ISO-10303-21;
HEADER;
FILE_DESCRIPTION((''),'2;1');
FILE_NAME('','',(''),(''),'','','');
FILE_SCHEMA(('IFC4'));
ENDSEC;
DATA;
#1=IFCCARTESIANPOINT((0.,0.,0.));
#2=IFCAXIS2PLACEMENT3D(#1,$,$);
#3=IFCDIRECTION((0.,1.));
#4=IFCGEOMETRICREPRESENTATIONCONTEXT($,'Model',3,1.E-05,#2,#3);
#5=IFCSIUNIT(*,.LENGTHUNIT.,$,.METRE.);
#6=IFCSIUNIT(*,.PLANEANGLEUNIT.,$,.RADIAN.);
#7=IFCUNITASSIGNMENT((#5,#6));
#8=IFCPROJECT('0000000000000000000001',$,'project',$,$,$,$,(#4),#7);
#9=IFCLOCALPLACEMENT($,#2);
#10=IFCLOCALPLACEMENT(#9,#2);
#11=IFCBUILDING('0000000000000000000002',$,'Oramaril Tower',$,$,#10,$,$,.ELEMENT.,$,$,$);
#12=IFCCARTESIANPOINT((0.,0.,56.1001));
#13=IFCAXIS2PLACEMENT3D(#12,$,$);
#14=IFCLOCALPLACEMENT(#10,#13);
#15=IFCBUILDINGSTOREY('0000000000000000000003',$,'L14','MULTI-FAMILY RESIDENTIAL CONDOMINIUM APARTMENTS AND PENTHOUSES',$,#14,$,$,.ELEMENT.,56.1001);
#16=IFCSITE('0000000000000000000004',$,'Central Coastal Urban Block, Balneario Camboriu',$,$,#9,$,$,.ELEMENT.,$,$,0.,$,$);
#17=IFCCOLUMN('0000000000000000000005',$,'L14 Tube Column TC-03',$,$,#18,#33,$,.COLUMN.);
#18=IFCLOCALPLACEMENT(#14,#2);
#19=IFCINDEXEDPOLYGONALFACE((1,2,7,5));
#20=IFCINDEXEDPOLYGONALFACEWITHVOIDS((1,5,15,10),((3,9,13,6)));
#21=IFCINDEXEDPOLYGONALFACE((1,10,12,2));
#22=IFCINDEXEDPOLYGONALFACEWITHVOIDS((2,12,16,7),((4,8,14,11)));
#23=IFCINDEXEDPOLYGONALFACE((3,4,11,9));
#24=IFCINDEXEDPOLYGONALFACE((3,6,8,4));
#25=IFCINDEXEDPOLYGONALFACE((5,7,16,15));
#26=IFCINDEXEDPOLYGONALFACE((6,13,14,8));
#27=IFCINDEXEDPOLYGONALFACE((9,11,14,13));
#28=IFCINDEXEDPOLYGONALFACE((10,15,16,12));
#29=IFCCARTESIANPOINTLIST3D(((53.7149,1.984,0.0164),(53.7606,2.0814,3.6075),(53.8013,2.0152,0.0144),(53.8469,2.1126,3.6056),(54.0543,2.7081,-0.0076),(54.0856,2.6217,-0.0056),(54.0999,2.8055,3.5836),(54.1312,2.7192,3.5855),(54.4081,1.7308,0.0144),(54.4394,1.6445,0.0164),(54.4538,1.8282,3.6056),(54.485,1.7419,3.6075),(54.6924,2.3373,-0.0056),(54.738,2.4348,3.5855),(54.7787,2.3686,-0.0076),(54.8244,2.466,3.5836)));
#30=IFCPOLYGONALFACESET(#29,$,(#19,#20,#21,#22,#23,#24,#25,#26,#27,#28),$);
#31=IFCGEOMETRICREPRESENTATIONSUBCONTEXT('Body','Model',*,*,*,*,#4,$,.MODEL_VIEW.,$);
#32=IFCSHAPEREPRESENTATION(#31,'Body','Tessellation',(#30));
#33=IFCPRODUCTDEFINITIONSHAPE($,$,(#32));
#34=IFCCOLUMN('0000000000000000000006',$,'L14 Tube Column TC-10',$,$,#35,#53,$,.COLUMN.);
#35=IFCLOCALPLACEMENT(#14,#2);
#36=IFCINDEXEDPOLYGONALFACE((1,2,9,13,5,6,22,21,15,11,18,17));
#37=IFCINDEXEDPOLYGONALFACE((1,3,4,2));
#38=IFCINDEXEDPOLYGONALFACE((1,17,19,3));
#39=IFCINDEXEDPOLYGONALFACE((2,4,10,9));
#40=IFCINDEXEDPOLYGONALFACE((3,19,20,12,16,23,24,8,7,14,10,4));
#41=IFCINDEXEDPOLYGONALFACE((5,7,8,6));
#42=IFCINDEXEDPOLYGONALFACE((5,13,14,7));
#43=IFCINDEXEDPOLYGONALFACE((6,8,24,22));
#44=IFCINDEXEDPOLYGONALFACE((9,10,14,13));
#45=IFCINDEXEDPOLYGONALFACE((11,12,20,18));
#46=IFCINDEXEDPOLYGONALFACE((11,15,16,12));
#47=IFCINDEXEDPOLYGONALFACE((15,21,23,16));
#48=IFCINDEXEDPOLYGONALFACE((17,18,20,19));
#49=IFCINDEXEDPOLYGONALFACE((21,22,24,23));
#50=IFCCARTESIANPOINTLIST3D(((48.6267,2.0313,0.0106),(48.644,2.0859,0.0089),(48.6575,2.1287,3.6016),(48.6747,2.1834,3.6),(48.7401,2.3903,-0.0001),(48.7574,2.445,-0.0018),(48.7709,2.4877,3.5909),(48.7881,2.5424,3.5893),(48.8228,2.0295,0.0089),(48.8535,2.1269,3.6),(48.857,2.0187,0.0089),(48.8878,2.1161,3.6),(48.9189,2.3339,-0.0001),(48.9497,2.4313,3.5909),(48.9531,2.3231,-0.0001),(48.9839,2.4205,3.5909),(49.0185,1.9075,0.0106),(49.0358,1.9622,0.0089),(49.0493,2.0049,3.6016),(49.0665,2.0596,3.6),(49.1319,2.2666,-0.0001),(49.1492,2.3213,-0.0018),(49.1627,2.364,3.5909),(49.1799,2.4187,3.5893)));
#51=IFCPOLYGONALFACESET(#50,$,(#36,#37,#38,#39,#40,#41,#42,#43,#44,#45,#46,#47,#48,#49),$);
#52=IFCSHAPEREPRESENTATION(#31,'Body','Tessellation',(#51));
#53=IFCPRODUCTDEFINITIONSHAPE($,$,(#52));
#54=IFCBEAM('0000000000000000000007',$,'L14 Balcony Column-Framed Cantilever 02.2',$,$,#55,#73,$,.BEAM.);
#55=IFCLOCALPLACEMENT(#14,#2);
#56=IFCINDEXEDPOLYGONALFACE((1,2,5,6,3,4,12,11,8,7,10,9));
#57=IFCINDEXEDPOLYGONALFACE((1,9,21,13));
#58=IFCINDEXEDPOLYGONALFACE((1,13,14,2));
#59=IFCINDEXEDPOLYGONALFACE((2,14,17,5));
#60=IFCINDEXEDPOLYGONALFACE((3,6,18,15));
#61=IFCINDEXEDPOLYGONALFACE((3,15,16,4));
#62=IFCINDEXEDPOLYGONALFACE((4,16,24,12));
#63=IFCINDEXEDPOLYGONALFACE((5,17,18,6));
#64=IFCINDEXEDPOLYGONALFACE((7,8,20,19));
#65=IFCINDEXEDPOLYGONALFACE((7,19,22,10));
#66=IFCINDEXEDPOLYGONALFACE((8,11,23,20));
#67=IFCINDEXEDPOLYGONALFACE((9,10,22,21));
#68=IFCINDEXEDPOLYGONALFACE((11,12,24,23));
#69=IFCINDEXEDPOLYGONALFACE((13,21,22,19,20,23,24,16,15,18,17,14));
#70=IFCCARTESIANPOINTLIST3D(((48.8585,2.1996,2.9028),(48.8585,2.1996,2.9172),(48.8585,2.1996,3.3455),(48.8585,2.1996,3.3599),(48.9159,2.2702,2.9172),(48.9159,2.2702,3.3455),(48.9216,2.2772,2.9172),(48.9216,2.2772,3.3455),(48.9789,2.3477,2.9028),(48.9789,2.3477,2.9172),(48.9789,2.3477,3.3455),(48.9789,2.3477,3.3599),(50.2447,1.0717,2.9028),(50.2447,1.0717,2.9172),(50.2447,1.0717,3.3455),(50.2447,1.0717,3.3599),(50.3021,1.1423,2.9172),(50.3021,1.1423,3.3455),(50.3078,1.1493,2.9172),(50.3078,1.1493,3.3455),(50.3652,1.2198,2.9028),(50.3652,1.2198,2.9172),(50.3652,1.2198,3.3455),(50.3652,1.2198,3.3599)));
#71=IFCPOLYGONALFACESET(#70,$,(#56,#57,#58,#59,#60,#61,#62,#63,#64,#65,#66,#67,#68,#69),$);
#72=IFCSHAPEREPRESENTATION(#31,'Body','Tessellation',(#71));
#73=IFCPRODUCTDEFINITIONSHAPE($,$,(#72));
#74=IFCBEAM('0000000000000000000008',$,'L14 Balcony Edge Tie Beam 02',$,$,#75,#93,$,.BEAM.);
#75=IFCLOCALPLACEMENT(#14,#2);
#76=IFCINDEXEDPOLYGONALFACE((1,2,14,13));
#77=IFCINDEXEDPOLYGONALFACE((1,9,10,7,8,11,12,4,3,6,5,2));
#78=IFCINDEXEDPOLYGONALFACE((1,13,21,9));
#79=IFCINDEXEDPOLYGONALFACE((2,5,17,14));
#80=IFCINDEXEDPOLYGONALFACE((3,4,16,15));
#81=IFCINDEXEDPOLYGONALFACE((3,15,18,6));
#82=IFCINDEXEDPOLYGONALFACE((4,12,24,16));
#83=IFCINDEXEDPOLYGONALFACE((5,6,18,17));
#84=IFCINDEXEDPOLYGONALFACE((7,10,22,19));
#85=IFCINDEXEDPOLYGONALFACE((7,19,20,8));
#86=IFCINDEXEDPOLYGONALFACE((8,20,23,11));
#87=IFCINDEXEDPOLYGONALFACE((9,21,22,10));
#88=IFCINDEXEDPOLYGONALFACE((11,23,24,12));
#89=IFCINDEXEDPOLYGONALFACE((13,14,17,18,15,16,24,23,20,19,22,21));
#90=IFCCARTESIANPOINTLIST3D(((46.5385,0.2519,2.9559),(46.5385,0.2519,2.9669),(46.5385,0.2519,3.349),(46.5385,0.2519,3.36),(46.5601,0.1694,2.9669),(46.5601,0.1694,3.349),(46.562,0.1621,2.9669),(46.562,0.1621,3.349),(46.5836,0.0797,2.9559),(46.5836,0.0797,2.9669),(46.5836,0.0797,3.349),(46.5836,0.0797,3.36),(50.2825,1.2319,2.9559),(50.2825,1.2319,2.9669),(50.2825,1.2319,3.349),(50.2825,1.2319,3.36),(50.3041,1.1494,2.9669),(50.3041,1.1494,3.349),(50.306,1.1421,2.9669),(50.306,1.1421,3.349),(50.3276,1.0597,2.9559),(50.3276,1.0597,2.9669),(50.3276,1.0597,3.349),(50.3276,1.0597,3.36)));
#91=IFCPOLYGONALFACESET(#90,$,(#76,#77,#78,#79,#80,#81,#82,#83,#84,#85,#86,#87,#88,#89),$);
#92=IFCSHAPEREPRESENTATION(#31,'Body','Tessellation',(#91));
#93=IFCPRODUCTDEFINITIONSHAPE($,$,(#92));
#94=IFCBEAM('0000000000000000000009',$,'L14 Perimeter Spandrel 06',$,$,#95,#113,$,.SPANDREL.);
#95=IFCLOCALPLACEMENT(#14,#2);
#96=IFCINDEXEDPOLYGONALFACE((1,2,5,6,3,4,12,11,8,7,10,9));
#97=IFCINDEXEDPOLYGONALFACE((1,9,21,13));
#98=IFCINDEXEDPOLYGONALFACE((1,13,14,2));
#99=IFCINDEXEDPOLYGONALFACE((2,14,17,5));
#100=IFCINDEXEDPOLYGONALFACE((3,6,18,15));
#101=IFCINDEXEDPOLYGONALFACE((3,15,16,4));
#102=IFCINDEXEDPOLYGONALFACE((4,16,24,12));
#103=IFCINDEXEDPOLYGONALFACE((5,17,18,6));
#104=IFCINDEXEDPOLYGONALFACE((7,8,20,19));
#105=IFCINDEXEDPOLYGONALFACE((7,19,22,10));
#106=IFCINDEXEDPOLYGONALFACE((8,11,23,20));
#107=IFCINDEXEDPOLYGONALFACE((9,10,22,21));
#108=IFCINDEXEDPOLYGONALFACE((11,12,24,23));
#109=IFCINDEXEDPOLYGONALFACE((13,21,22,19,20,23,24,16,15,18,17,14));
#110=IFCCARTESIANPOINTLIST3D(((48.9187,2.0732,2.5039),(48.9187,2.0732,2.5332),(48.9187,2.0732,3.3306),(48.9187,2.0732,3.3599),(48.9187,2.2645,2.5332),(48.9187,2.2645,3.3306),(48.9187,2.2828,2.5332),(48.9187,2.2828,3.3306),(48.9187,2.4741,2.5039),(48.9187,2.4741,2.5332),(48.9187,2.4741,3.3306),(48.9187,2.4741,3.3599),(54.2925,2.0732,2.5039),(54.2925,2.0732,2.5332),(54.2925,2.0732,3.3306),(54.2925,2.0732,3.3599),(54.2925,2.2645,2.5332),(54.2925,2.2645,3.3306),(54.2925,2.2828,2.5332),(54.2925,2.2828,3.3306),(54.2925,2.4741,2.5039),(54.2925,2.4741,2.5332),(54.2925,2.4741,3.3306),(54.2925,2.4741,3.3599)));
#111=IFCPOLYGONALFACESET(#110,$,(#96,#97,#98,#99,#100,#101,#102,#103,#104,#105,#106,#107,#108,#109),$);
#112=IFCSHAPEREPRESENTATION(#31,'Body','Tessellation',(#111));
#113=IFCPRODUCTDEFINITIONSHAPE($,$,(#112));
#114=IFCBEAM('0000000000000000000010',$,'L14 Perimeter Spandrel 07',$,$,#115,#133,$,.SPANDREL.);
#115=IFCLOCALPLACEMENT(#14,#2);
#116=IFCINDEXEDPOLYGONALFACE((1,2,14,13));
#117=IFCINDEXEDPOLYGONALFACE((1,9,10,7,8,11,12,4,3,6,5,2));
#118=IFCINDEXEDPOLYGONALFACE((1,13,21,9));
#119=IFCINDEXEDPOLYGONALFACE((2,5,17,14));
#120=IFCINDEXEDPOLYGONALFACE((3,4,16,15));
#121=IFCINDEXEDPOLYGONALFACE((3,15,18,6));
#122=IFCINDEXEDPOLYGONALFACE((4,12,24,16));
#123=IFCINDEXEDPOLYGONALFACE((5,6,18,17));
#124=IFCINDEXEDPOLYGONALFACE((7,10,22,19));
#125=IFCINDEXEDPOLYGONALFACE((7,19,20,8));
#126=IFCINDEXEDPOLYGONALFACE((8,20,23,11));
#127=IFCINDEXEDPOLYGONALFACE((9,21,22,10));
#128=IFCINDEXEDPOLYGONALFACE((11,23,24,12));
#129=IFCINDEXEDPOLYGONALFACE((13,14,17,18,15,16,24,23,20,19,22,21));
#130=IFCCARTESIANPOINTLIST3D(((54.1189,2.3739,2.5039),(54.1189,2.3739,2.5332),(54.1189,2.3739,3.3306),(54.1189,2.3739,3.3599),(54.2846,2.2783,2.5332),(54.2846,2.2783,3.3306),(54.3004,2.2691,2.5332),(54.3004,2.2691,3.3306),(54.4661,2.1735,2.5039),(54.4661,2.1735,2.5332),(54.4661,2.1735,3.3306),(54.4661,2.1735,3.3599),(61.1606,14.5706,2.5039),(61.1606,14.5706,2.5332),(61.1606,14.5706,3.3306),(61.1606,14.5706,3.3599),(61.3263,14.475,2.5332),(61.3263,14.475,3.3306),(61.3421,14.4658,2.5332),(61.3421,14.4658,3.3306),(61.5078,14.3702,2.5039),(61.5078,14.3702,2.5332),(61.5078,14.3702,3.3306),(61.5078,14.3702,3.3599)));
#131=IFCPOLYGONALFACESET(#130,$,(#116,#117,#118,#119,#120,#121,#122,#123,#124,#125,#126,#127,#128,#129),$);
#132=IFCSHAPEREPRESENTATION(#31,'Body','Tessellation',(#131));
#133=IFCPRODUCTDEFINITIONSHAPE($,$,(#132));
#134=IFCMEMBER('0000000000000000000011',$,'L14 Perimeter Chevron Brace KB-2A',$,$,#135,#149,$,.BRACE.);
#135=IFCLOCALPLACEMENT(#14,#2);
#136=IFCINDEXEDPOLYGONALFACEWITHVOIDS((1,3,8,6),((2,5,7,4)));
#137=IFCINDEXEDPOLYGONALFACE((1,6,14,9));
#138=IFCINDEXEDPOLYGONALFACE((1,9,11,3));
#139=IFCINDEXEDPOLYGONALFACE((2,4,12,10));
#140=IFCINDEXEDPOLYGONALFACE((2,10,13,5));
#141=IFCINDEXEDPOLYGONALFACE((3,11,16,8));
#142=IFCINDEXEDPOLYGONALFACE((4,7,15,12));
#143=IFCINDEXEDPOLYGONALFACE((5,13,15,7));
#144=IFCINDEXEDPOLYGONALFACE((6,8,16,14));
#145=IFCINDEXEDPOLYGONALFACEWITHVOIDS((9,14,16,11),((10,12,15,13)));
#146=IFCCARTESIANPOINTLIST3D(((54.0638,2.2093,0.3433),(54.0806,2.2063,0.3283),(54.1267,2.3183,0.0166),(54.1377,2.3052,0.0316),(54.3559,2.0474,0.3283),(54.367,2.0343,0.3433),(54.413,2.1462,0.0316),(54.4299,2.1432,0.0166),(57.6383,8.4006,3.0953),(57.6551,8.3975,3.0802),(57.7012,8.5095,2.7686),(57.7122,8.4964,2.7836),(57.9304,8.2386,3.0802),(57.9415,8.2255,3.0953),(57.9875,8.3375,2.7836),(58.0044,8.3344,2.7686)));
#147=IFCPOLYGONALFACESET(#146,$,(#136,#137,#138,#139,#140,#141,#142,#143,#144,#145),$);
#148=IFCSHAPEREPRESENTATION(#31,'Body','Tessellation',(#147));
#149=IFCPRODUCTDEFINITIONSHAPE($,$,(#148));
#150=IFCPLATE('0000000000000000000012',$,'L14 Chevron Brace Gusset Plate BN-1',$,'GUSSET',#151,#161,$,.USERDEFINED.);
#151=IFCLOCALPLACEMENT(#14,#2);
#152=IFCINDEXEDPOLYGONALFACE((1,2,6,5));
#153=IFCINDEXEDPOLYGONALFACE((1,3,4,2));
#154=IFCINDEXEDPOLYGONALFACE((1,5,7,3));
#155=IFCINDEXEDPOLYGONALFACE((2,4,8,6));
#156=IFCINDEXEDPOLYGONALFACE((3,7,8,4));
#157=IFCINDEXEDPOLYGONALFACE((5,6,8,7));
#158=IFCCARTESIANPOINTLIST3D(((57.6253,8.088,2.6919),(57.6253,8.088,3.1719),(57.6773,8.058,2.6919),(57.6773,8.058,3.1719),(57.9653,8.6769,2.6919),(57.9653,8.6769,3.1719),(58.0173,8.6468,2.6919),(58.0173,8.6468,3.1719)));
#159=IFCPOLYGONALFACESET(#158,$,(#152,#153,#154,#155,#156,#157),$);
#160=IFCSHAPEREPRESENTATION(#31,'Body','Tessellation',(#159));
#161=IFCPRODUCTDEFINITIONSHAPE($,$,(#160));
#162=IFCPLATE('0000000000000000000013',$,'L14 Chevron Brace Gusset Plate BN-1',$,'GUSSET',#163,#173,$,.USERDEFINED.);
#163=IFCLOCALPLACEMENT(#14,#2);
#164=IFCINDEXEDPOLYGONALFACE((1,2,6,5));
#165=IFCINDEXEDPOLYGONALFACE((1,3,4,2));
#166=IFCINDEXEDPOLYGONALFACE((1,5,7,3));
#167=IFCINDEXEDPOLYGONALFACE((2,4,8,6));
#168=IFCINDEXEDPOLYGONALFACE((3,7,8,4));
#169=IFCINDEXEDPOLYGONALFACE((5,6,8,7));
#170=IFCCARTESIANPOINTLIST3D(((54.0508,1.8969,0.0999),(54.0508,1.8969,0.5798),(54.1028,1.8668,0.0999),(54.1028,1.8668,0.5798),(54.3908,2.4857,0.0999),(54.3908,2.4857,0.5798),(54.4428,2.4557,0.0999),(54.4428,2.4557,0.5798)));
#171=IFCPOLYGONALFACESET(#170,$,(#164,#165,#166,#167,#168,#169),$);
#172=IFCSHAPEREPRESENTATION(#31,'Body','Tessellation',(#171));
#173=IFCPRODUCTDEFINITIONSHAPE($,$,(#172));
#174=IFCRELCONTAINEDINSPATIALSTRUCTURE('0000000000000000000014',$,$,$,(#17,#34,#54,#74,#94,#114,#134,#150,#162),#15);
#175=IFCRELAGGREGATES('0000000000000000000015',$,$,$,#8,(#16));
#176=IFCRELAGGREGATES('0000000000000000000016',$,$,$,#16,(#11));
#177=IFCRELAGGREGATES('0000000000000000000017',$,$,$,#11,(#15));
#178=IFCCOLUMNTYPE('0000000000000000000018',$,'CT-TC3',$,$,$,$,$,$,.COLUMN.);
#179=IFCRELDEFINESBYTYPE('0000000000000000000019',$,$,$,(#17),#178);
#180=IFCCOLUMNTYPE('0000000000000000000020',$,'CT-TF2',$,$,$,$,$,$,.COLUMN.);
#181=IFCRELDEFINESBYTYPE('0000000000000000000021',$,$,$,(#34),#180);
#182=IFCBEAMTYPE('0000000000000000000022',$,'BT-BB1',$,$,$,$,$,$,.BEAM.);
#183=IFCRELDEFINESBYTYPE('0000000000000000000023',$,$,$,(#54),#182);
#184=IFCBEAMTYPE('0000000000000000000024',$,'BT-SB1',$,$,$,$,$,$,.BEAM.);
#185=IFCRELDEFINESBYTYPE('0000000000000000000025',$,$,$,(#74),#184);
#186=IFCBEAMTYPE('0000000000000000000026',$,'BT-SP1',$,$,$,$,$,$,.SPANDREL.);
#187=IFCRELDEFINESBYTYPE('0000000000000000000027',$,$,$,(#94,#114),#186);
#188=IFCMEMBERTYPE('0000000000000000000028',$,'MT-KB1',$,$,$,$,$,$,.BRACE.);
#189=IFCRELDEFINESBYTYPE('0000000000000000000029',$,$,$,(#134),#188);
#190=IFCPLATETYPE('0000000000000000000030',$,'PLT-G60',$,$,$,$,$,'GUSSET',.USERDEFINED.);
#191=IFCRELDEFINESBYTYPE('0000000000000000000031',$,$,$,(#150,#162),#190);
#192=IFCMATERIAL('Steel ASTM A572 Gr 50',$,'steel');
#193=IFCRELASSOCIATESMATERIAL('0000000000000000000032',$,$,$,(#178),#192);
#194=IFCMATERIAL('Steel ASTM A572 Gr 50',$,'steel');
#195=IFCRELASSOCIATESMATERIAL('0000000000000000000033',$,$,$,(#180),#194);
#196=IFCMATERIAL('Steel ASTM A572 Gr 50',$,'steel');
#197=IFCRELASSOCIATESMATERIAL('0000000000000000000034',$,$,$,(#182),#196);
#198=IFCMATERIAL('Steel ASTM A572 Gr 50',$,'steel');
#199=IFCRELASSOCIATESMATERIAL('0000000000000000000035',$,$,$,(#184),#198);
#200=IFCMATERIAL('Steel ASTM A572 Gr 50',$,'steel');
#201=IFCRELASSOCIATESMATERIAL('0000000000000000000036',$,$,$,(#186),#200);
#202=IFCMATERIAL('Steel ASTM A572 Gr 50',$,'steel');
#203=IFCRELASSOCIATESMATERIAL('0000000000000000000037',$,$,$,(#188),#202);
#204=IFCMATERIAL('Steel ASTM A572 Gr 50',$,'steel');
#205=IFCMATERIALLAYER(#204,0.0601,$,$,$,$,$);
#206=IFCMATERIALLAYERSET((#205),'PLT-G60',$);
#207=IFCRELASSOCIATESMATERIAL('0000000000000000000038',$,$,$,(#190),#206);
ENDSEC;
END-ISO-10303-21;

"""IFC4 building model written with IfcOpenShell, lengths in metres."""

from ifc_helpers import new_model, si_unit, direction, frame, origin, origin_2d, place, context, subcontext, project, spatial, rectangle, hollow_rectangle, i_section, extrude, material, layer, layer_set, material_profile, profile_set, type_object, element, save


model = new_model("IFC4")

# Units and contexts
model_context = context("Model", 3, precision=1e-05, world=origin(), true_north=direction((0.0, 1.0)))
body_context = subcontext(model_context, "Body", "Model", "MODEL_VIEW")
ifc_project = project(units=[si_unit("LENGTHUNIT", "METRE"), si_unit("PLANEANGLEUNIT", "RADIAN")], contexts=[model_context])

# Site, building, storey
site_placement = place(None, origin())
site = spatial("IfcSite", under=ifc_project, at=site_placement, Name="Central Coastal Urban Block, Balneario Camboriu", CompositionType="ELEMENT", RefElevation=0.0)
building_placement = place(site_placement, origin())
building = spatial("IfcBuilding", under=site, at=building_placement, Name="Oramaril Tower", CompositionType="ELEMENT")
storey_placement = place(building_placement, frame((0.0, 0.0, 56.1001)))
storey = spatial("IfcBuildingStorey", under=building, at=storey_placement, Name="L14", Description="MULTI-FAMILY RESIDENTIAL CONDOMINIUM APARTMENTS AND PENTHOUSES", CompositionType="ELEMENT", Elevation=56.1001)

# Columns
ifc_material_1 = material(Name="Steel ASTM A572 Gr 50", Category="steel")
ifc_material_profile_1 = material_profile(ifc_material_1, hollow_rectangle(XDim=0.8, YDim=0.8, WallThickness=0.0649, at=origin_2d()), Name="BOX800X800X65")
ifc_profile_set_1 = profile_set([ifc_material_profile_1], Name="Steel ASTM A572 Gr 50")
column_type_1 = type_object("IfcColumnType", Name="CT-TC3", PredefinedType="COLUMN", material=ifc_profile_set_1)
column_1_placement = place(storey_placement, frame((54.2468, 2.1763, 0.0044), z_axis=(0.012708, 0.027114, 0.999552), x_axis=(-0.905486, 0.424376, 0.0)))
element("IfcColumn", 1, at=column_1_placement, inside=storey, type_object=column_type_1, Name="L14 Tube Column TC-03", PredefinedType="COLUMN", context=body_context, shape_type="SweptSolid", body=[
    extrude(hollow_rectangle(XDim=0.8, YDim=0.8, WallThickness=0.0649, at=origin_2d()), origin(), (0.0, 0.0, 1.0), 3.5928),
])
ifc_material_2 = material(Name="Steel ASTM A572 Gr 50", Category="steel")
ifc_material_profile_2 = material_profile(ifc_material_2, i_section(OverallWidth=0.4109, OverallDepth=0.4341, WebThickness=0.0359, FlangeThickness=0.0574, at=origin_2d()), Name="W14X311")
ifc_profile_set_2 = profile_set([ifc_material_profile_2], Name="Steel ASTM A572 Gr 50")
column_type_2 = type_object("IfcColumnType", Name="CT-TF2", PredefinedType="COLUMN", material=ifc_profile_set_2)
column_2_placement = place(storey_placement, frame((48.8879, 2.1763, 0.0044), z_axis=(0.008563, 0.027115, 0.999596), x_axis=(-0.953583, 0.301131, 0.0)))
element("IfcColumn", 2, at=column_2_placement, inside=storey, type_object=column_type_2, Name="L14 Tube Column TC-10", PredefinedType="COLUMN", context=body_context, shape_type="SweptSolid", body=[
    extrude(i_section(OverallWidth=0.4109, OverallDepth=0.4341, WebThickness=0.0359, FlangeThickness=0.0574, at=origin_2d()), origin(), (0.0, 0.0, 1.0), 3.5925),
])

# Beams
ifc_material_3 = material(Name="Steel ASTM A572 Gr 50", Category="steel")
ifc_material_profile_3 = material_profile(ifc_material_3, i_section(OverallWidth=0.1909, OverallDepth=0.457, WebThickness=0.009, FlangeThickness=0.0144, at=origin_2d()), Name="W18X50")
ifc_profile_set_3 = profile_set([ifc_material_profile_3], Name="Steel ASTM A572 Gr 50")
beam_type_1 = type_object("IfcBeamType", Name="BT-BB1", PredefinedType="BEAM", material=ifc_profile_set_3)
beam_1_placement = place(storey_placement, frame((48.9187, 2.2737, 3.1313), z_axis=(0.775671, -0.631138, 0.0), x_axis=(0.631138, 0.775671, 0.0)))
element("IfcBeam", 3, at=beam_1_placement, inside=storey, type_object=beam_type_1, Name="L14 Balcony Column-Framed Cantilever 02.2", PredefinedType="BEAM", context=body_context, shape_type="SweptSolid", body=[
    extrude(i_section(OverallWidth=0.1909, OverallDepth=0.457, WebThickness=0.009, FlangeThickness=0.0144, at=origin_2d()), origin(), (0.0, 0.0, 1.0), 1.7871),
])
ifc_material_4 = material(Name="Steel ASTM A572 Gr 50", Category="steel")
ifc_material_profile_4 = material_profile(ifc_material_4, i_section(OverallWidth=0.178, OverallDepth=0.4041, WebThickness=0.0076, FlangeThickness=0.011, at=origin_2d()), Name="W16X36")
ifc_profile_set_4 = profile_set([ifc_material_profile_4], Name="Steel ASTM A572 Gr 50")
beam_type_2 = type_object("IfcBeamType", Name="BT-SB1", PredefinedType="BEAM", material=ifc_profile_set_4)
beam_2_placement = place(storey_placement, frame((46.561, 0.1658, 3.158), z_axis=(0.967408, 0.253223, 0.0), x_axis=(-0.253223, 0.967408, 0.0)))
element("IfcBeam", 4, at=beam_2_placement, inside=storey, type_object=beam_type_2, Name="L14 Balcony Edge Tie Beam 02", PredefinedType="BEAM", context=body_context, shape_type="SweptSolid", body=[
    extrude(i_section(OverallWidth=0.178, OverallDepth=0.4041, WebThickness=0.0076, FlangeThickness=0.011, at=origin_2d()), origin(), (0.0, 0.0, 1.0), 3.8701),
])
ifc_material_5 = material(Name="Steel ASTM A572 Gr 50", Category="steel")
ifc_material_profile_5 = material_profile(ifc_material_5, i_section(OverallWidth=0.4009, OverallDepth=0.856, WebThickness=0.0183, FlangeThickness=0.0293, at=origin_2d()), Name="W33X201")
ifc_profile_set_5 = profile_set([ifc_material_profile_5], Name="Steel ASTM A572 Gr 50")
beam_type_3 = type_object("IfcBeamType", Name="BT-SP1", PredefinedType="SPANDREL", material=ifc_profile_set_5)
beam_3_placement = place(storey_placement, frame((48.9187, 2.2737, 2.9319), z_axis=(1.0, 0.0, 0.0), x_axis=(0.0, 1.0, 0.0)))
element("IfcBeam", 5, at=beam_3_placement, inside=storey, type_object=beam_type_3, Name="L14 Perimeter Spandrel 06", PredefinedType="SPANDREL", context=body_context, shape_type="SweptSolid", body=[
    extrude(i_section(OverallWidth=0.4009, OverallDepth=0.856, WebThickness=0.0183, FlangeThickness=0.0293, at=origin_2d()), origin(), (0.0, 0.0, 1.0), 5.3738),
])
beam_4_placement = place(storey_placement, frame((54.2925, 2.2737, 2.9319), z_axis=(0.499997, 0.866027, 0.0), x_axis=(-0.866027, 0.499997, 0.0)))
element("IfcBeam", 6, at=beam_4_placement, inside=storey, type_object=beam_type_3, Name="L14 Perimeter Spandrel 07", PredefinedType="SPANDREL", context=body_context, shape_type="SweptSolid", body=[
    extrude(i_section(OverallWidth=0.4009, OverallDepth=0.856, WebThickness=0.0183, FlangeThickness=0.0293, at=origin_2d()), origin(), (0.0, 0.0, 1.0), 14.0835),
])

# Member
ifc_material_6 = material(Name="Steel ASTM A572 Gr 50", Category="steel")
ifc_material_profile_6 = material_profile(ifc_material_6, hollow_rectangle(XDim=0.3501, YDim=0.3501, WallThickness=0.0161, at=origin_2d()), Name="HSS350X350X16")
ifc_profile_set_6 = profile_set([ifc_material_profile_6], Name="Steel ASTM A572 Gr 50")
member_type = type_object("IfcMemberType", Name="MT-KB1", PredefinedType="BRACE", material=ifc_profile_set_6)
member_placement = place(storey_placement, frame((54.2468, 2.1763, 0.1799), z_axis=(0.466621, 0.808212, 0.359248), x_axis=(-0.866026, 0.499999, 0.0)))
element("IfcMember", 7, at=member_placement, inside=storey, type_object=member_type, Name="L14 Perimeter Chevron Brace KB-2A", PredefinedType="BRACE", context=body_context, shape_type="SweptSolid", body=[
    extrude(hollow_rectangle(XDim=0.3501, YDim=0.3501, WallThickness=0.0161, at=origin_2d()), origin(), (0.0, 0.0, 1.0), 7.6604),
])

# Plates
ifc_material_7 = material(Name="Steel ASTM A572 Gr 50", Category="steel")
ifc_layer_1 = layer(ifc_material_7, 0.0601)
ifc_layer_set_1 = layer_set([ifc_layer_1], Name="PLT-G60")
plate_type = type_object("IfcPlateType", Name="PLT-G60", ElementType="GUSSET", PredefinedType="USERDEFINED", material=ifc_layer_set_1)
for number, where, z_axis, x_axis, name in (
    (8, (57.8213, 8.3674, 2.6919), (0.0, 0.0, 1.0), (0.500002, 0.866025, 0.0), "L14 Chevron Brace Gusset Plate BN-1"),
    (9, (54.2468, 2.1763, 0.0999), (0.0, 0.0, 1.0), (0.500002, 0.866025, 0.0), "L14 Chevron Brace Gusset Plate BN-1"),
):
    element("IfcPlate", number, at=place(storey_placement, frame(where, z_axis=z_axis, x_axis=x_axis)), inside=storey, type_object=plate_type, Name=name, ObjectType="GUSSET", PredefinedType="USERDEFINED", context=body_context, shape_type="SweptSolid", body=[
        extrude(rectangle(XDim=0.6799, YDim=0.0601, at=origin_2d()), origin(), (0.0, 0.0, 1.0), 0.48),
    ])

save(model, "model.ifc")
